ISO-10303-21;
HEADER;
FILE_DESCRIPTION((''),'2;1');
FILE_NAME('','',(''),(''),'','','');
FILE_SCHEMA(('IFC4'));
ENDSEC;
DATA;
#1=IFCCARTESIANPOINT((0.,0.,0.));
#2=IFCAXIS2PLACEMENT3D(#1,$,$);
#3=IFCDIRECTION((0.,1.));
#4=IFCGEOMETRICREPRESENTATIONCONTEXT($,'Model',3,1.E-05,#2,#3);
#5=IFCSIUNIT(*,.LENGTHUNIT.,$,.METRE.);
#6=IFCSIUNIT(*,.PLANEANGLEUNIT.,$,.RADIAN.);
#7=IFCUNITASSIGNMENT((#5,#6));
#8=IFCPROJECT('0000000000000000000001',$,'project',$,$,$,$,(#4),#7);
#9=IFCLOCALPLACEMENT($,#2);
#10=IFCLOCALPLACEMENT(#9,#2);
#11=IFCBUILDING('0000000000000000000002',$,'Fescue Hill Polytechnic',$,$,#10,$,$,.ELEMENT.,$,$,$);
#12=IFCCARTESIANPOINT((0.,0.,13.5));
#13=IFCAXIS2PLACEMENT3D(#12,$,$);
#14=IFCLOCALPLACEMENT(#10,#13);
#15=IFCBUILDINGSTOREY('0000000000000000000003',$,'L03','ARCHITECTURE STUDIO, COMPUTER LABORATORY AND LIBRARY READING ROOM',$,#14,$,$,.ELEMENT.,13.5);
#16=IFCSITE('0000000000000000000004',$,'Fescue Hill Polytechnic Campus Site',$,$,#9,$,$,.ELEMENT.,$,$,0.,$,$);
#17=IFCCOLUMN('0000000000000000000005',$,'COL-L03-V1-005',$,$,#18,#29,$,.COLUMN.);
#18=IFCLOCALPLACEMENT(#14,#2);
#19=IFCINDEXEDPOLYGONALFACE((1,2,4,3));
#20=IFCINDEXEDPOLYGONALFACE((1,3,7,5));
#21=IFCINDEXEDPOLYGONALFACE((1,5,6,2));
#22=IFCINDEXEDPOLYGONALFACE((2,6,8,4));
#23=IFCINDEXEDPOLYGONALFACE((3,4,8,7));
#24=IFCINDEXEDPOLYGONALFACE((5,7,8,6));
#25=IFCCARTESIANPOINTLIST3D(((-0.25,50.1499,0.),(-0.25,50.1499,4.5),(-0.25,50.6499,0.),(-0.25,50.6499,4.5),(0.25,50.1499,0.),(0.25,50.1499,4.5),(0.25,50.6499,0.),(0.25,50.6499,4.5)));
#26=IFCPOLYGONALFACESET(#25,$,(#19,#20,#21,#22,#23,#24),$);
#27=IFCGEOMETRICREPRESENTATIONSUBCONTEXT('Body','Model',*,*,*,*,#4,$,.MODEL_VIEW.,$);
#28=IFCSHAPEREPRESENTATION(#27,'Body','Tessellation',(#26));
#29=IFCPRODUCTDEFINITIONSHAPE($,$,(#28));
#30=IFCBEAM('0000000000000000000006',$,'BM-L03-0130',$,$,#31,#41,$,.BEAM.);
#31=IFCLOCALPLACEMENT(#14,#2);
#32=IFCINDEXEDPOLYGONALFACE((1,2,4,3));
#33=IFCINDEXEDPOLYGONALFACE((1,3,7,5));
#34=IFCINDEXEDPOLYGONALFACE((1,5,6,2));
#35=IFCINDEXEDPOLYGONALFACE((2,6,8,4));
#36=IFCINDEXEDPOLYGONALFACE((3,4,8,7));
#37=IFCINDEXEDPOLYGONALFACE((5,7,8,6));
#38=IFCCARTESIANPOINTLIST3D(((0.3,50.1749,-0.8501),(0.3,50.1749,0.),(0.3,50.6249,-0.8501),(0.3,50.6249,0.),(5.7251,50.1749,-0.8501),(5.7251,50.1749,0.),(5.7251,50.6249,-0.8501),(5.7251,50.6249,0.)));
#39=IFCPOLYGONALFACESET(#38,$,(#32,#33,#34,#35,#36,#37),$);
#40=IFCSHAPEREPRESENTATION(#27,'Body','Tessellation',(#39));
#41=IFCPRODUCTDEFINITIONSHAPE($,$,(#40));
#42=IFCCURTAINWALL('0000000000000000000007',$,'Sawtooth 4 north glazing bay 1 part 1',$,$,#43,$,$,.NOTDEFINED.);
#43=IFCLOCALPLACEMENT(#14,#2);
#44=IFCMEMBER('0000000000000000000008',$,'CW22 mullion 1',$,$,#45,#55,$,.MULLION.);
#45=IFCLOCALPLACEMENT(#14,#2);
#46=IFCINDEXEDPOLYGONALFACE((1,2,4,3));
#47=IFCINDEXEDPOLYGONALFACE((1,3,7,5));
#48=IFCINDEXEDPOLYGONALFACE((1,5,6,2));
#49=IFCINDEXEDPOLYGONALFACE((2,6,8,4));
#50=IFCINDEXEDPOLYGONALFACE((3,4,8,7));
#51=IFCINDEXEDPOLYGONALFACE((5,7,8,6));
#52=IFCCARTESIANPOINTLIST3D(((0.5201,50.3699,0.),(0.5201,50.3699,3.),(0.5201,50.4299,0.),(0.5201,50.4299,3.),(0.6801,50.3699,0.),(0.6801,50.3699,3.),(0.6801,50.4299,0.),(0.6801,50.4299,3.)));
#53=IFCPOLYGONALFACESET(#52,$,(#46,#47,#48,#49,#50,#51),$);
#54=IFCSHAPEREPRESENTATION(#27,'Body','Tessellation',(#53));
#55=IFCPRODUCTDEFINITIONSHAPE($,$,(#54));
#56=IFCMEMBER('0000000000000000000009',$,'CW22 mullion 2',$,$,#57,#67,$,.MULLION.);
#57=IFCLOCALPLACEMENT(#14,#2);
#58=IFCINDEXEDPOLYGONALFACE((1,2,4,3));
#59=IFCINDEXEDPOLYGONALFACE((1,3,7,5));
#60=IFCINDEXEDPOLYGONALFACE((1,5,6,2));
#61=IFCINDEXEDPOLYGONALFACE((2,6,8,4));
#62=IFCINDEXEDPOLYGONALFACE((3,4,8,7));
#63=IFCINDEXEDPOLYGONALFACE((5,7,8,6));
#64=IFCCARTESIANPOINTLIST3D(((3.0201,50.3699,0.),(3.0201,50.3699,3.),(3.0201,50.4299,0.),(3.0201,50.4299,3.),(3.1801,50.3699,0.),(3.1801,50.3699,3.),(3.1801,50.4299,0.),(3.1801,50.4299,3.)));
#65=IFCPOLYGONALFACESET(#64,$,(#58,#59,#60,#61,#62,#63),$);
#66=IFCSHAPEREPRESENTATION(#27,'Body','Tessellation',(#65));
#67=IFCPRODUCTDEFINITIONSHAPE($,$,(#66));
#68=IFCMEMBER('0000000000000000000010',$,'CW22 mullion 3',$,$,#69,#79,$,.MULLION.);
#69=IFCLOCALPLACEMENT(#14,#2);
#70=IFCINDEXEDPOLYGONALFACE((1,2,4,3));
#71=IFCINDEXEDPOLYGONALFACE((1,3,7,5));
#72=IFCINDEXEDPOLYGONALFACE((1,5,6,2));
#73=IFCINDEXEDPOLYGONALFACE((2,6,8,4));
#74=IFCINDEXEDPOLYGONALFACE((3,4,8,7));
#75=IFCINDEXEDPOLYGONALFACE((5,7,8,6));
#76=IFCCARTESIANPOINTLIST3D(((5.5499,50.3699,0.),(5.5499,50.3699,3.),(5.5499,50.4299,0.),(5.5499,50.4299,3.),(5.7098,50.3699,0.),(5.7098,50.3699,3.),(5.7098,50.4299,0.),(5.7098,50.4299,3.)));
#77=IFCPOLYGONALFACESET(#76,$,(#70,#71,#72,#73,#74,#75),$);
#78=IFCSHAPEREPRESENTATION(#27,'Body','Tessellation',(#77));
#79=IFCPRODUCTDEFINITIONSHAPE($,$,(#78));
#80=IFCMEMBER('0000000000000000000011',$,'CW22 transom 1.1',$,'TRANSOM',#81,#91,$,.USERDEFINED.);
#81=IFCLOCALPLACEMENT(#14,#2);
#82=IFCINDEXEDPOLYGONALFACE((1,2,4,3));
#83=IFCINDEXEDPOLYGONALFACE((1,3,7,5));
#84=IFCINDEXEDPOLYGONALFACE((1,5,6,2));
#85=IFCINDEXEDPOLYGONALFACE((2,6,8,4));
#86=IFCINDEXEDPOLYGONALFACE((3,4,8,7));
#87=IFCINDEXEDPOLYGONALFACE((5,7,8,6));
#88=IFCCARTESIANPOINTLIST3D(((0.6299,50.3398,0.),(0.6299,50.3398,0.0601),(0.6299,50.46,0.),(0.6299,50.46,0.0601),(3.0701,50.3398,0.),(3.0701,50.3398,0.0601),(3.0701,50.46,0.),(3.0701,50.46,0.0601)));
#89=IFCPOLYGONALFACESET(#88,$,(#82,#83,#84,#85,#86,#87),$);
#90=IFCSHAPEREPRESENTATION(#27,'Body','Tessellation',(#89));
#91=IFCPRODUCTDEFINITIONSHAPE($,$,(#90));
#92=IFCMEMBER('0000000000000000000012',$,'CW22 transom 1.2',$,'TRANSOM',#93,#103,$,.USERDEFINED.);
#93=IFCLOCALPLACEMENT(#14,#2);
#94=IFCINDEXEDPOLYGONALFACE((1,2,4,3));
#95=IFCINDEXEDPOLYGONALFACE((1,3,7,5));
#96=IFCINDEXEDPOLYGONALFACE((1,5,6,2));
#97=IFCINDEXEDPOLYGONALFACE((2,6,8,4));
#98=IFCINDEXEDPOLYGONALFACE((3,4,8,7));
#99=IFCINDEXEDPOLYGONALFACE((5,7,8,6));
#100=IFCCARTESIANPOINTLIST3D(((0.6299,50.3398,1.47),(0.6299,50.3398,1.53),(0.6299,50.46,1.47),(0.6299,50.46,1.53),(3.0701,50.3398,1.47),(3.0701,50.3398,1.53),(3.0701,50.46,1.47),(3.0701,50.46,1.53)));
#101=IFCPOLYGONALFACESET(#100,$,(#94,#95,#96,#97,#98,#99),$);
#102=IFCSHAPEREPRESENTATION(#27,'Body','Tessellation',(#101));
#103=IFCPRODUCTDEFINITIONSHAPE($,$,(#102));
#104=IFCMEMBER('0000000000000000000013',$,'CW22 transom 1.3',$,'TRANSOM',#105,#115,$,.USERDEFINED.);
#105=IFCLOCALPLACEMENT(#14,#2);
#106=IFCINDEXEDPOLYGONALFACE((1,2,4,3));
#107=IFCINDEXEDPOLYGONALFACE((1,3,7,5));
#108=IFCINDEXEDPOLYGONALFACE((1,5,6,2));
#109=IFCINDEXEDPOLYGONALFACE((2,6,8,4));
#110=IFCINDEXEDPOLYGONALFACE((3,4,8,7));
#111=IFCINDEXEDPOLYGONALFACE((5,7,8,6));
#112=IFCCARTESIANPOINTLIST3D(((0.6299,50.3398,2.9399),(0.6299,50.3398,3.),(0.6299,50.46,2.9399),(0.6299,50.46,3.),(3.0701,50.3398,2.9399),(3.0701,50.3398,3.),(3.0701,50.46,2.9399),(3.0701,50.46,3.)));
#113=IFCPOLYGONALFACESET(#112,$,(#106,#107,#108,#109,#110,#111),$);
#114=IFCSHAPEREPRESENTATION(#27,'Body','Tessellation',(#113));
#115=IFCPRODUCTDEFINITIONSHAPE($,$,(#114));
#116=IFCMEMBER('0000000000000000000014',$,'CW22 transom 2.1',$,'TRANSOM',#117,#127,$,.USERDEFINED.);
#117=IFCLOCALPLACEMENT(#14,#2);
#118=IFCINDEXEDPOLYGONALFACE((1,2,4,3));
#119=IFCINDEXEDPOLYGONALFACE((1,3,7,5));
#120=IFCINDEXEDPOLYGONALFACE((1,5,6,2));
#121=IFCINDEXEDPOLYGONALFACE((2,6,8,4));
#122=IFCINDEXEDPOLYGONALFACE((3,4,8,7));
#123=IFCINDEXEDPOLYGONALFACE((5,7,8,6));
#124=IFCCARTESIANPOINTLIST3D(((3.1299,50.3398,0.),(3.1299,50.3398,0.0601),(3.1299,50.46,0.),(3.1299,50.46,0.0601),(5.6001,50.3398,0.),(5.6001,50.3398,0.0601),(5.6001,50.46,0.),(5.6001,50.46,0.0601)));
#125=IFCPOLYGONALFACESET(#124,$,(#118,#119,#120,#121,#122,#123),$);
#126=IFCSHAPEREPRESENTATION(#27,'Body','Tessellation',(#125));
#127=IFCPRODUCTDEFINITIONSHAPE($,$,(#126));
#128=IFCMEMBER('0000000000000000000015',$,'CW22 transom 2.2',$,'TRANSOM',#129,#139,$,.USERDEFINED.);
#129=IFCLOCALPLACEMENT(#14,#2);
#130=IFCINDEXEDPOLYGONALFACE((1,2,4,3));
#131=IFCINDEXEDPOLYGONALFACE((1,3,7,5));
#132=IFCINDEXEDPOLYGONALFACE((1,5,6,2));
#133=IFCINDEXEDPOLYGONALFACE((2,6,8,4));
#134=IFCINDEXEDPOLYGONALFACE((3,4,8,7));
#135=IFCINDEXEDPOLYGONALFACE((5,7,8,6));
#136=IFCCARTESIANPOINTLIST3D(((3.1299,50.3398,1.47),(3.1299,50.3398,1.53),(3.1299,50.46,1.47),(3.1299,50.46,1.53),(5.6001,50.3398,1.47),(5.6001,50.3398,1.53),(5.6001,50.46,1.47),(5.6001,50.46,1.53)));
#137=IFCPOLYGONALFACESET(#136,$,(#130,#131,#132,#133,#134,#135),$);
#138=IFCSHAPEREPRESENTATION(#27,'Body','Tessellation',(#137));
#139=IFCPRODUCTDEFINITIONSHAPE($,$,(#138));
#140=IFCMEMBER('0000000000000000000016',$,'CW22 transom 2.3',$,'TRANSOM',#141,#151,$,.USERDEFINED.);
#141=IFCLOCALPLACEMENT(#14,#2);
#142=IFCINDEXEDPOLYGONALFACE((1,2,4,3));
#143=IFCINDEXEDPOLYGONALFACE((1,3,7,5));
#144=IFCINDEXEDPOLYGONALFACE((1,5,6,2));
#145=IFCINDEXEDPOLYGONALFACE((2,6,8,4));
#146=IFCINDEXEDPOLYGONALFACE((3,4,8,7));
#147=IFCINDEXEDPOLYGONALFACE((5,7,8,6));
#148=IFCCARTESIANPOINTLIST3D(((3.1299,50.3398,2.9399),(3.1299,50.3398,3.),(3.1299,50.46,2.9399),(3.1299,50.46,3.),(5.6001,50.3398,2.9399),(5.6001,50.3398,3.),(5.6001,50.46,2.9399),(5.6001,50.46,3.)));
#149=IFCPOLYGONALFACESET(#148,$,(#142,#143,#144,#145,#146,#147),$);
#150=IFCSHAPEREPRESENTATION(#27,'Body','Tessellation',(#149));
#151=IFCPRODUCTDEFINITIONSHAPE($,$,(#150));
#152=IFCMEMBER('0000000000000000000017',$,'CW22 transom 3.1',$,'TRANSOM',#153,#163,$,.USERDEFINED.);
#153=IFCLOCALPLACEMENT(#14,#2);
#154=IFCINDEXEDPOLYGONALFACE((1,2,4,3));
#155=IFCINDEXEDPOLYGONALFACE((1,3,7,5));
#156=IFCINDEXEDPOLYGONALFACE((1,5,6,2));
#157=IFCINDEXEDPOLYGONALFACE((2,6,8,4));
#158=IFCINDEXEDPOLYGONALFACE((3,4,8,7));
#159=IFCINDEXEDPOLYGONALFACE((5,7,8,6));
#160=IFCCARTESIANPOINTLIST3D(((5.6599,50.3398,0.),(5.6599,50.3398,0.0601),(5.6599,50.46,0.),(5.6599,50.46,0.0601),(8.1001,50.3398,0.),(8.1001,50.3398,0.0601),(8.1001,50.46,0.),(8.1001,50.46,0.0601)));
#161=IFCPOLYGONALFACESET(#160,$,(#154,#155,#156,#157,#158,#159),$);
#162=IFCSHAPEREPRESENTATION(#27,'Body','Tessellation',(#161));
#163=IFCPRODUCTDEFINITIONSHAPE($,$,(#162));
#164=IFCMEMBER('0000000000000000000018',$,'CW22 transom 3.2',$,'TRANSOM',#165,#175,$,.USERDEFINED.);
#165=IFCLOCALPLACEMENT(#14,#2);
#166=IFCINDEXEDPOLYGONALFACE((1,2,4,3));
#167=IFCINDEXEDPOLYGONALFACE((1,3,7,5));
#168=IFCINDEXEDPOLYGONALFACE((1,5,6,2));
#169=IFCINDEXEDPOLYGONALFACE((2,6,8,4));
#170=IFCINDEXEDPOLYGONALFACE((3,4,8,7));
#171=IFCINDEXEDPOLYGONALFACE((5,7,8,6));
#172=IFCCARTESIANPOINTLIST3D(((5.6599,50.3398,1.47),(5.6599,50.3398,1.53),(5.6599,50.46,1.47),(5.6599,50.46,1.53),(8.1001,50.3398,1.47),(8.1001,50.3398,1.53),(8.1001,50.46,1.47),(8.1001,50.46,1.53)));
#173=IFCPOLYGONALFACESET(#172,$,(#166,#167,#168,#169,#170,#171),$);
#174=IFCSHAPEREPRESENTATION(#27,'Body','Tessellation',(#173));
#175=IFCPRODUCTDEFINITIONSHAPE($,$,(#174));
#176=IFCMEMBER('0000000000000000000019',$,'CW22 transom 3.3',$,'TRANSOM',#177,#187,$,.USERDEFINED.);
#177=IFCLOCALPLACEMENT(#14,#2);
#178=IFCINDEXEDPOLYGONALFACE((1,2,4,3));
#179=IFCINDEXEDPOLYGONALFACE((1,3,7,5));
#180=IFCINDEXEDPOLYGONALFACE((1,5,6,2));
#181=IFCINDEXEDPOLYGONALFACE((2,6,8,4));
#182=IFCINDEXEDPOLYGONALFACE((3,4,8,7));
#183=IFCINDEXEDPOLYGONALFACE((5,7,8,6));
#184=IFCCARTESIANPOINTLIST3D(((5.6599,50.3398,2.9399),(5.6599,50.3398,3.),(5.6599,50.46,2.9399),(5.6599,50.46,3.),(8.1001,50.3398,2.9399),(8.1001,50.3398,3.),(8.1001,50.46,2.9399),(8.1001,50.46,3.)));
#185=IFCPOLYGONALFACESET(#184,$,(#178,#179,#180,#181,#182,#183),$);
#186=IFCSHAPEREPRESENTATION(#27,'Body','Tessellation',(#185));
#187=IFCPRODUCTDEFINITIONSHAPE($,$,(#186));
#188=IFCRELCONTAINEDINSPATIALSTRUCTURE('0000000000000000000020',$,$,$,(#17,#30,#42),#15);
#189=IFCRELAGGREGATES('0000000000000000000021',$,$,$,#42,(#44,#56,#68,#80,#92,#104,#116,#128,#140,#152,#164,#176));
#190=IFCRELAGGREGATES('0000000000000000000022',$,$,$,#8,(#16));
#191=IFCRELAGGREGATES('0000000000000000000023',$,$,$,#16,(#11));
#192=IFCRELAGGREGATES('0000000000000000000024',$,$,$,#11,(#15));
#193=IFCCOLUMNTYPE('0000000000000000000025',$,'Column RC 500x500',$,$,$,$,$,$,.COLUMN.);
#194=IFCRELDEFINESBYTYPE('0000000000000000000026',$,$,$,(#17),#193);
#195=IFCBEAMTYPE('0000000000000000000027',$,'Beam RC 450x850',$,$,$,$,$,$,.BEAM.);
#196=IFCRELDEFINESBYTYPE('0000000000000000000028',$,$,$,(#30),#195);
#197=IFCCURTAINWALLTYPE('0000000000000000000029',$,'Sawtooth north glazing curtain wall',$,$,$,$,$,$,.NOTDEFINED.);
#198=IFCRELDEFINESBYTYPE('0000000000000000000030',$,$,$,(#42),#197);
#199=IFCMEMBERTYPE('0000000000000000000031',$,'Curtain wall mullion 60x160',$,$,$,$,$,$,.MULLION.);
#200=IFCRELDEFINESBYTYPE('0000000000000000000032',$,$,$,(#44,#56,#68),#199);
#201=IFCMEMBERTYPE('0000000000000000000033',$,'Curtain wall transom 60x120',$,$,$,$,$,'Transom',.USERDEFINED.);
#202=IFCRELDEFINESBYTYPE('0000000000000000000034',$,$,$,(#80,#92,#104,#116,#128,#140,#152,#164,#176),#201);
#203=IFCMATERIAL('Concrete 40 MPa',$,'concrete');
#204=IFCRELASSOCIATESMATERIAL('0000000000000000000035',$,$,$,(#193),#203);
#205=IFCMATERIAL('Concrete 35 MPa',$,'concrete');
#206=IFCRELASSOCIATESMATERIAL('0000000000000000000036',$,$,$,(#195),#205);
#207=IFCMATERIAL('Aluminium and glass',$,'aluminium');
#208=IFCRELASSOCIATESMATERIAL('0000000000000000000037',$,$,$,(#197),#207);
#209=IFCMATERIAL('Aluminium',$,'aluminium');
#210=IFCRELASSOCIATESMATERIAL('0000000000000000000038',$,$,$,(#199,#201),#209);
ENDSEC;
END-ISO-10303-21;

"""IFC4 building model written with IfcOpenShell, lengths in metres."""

from ifc_helpers import new_model, si_unit, direction, frame, origin, origin_2d, place, context, subcontext, project, spatial, rectangle, extrude, material, material_profile, profile_set, type_object, element, aggregate, save


model = new_model("IFC4")

# Units and contexts
model_context = context("Model", 3, precision=1e-05, world=origin(), true_north=direction((0.0, 1.0)))
body_context = subcontext(model_context, "Body", "Model", "MODEL_VIEW")
ifc_project = project(units=[si_unit("LENGTHUNIT", "METRE"), si_unit("PLANEANGLEUNIT", "RADIAN")], contexts=[model_context])

# Site, building, storey
site_placement = place(None, origin())
site = spatial("IfcSite", under=ifc_project, at=site_placement, Name="Fescue Hill Polytechnic Campus Site", CompositionType="ELEMENT", RefElevation=0.0)
building_placement = place(site_placement, origin())
building = spatial("IfcBuilding", under=site, at=building_placement, Name="Fescue Hill Polytechnic", CompositionType="ELEMENT")
storey_placement = place(building_placement, frame((0.0, 0.0, 13.5)))
storey = spatial("IfcBuildingStorey", under=building, at=storey_placement, Name="L03", Description="ARCHITECTURE STUDIO, COMPUTER LABORATORY AND LIBRARY READING ROOM", CompositionType="ELEMENT", Elevation=13.5)

# Column
ifc_material_1 = material(Name="Concrete 40 MPa", Category="concrete")
ifc_material_profile_1 = material_profile(ifc_material_1, rectangle(XDim=0.5, YDim=0.5, at=origin_2d()), Name="RC 500x500")
ifc_profile_set_1 = profile_set([ifc_material_profile_1], Name="Concrete 40 MPa")
column_type = type_object("IfcColumnType", Name="Column RC 500x500", PredefinedType="COLUMN", material=ifc_profile_set_1)
column_placement = place(storey_placement, frame((0.0, 50.3999, 0.0), z_axis=(0.0, 0.0, 1.0), x_axis=(1.0, 0.0, 0.0)))
element("IfcColumn", 1, at=column_placement, inside=storey, type_object=column_type, Name="COL-L03-V1-005", PredefinedType="COLUMN", context=body_context, shape_type="SweptSolid", body=[
    extrude(rectangle(XDim=0.5, YDim=0.5, at=origin_2d()), origin(), (0.0, 0.0, 1.0), 4.5),
])

# Beam
ifc_material_2 = material(Name="Concrete 35 MPa", Category="concrete")
ifc_material_profile_2 = material_profile(ifc_material_2, rectangle(XDim=0.45, YDim=0.8501, at=origin_2d()), Name="RC 450x850")
ifc_profile_set_2 = profile_set([ifc_material_profile_2], Name="Concrete 35 MPa")
beam_type = type_object("IfcBeamType", Name="Beam RC 450x850", PredefinedType="BEAM", material=ifc_profile_set_2)
beam_placement = place(storey_placement, frame((0.3, 50.3999, -0.425), z_axis=(1.0, 0.0, 0.0), x_axis=(0.0, 1.0, 0.0)))
element("IfcBeam", 2, at=beam_placement, inside=storey, type_object=beam_type, Name="BM-L03-0130", PredefinedType="BEAM", context=body_context, shape_type="SweptSolid", body=[
    extrude(rectangle(XDim=0.45, YDim=0.8501, at=origin_2d()), origin(), (0.0, 0.0, 1.0), 5.425),
])

# Curtain wall, members
ifc_material_3 = material(Name="Aluminium and glass", Category="aluminium")
curtain_wall_type = type_object("IfcCurtainWallType", Name="Sawtooth north glazing curtain wall", PredefinedType="NOTDEFINED", material=ifc_material_3)
curtain_wall_placement = place(storey_placement, origin())
curtain_wall = element("IfcCurtainWall", 3, at=curtain_wall_placement, inside=storey, type_object=curtain_wall_type, Name="Sawtooth 4 north glazing bay 1 part 1", PredefinedType="NOTDEFINED")
ifc_material_4 = material(Name="Aluminium", Category="aluminium")
ifc_material_profile_3 = material_profile(ifc_material_4, rectangle(XDim=0.0601, YDim=0.1599, at=origin_2d()), Name="Curtain wall mullion 60x160")
ifc_profile_set_3 = profile_set([ifc_material_profile_3], Name="Aluminium")
member_type_1 = type_object("IfcMemberType", Name="Curtain wall mullion 60x160", PredefinedType="MULLION", material=ifc_profile_set_3)
member_1_placement = place(storey_placement, frame((0.6001, 50.3999, 0.0), z_axis=(0.0, 0.0, 1.0), x_axis=(0.0, 1.0, 0.0)))
member_1 = element("IfcMember", 4, at=member_1_placement, type_object=member_type_1, Name="CW22 mullion 1", PredefinedType="MULLION", context=body_context, shape_type="SweptSolid", body=[
    extrude(rectangle(XDim=0.0601, YDim=0.1599, at=origin_2d()), origin(), (0.0, 0.0, 1.0), 3.0),
])
member_2_placement = place(storey_placement, frame((3.1001, 50.3999, 0.0), z_axis=(0.0, 0.0, 1.0), x_axis=(0.0, 1.0, 0.0)))
member_2 = element("IfcMember", 5, at=member_2_placement, type_object=member_type_1, Name="CW22 mullion 2", PredefinedType="MULLION", context=body_context, shape_type="SweptSolid", body=[
    extrude(rectangle(XDim=0.0601, YDim=0.1599, at=origin_2d()), origin(), (0.0, 0.0, 1.0), 3.0),
])
member_3_placement = place(storey_placement, frame((5.6299, 50.3999, 0.0), z_axis=(0.0, 0.0, 1.0), x_axis=(0.0, 1.0, 0.0)))
member_3 = element("IfcMember", 6, at=member_3_placement, type_object=member_type_1, Name="CW22 mullion 3", PredefinedType="MULLION", context=body_context, shape_type="SweptSolid", body=[
    extrude(rectangle(XDim=0.0601, YDim=0.1599, at=origin_2d()), origin(), (0.0, 0.0, 1.0), 3.0),
])
ifc_material_profile_4 = material_profile(ifc_material_4, rectangle(XDim=0.1201, YDim=0.0601, at=origin_2d()), Name="Curtain wall transom 60x120")
ifc_profile_set_4 = profile_set([ifc_material_profile_4], Name="Aluminium")
member_type_2 = type_object("IfcMemberType", Name="Curtain wall transom 60x120", ElementType="Transom", PredefinedType="USERDEFINED", material=ifc_profile_set_4)
member_4_placement = place(storey_placement, frame((0.6299, 50.3999, 0.03), z_axis=(1.0, 0.0, 0.0), x_axis=(0.0, 1.0, 0.0)))
member_4 = element("IfcMember", 7, at=member_4_placement, type_object=member_type_2, Name="CW22 transom 1.1", ObjectType="TRANSOM", PredefinedType="USERDEFINED", context=body_context, shape_type="SweptSolid", body=[
    extrude(rectangle(XDim=0.1201, YDim=0.0601, at=origin_2d()), origin(), (0.0, 0.0, 1.0), 2.4402),
])
member_5_placement = place(storey_placement, frame((0.6299, 50.3999, 1.5), z_axis=(1.0, 0.0, 0.0), x_axis=(0.0, 1.0, 0.0)))
member_5 = element("IfcMember", 8, at=member_5_placement, type_object=member_type_2, Name="CW22 transom 1.2", ObjectType="TRANSOM", PredefinedType="USERDEFINED", context=body_context, shape_type="SweptSolid", body=[
    extrude(rectangle(XDim=0.1201, YDim=0.0601, at=origin_2d()), origin(), (0.0, 0.0, 1.0), 2.4402),
])
member_6_placement = place(storey_placement, frame((0.6299, 50.3999, 2.97), z_axis=(1.0, 0.0, 0.0), x_axis=(0.0, 1.0, 0.0)))
member_6 = element("IfcMember", 9, at=member_6_placement, type_object=member_type_2, Name="CW22 transom 1.3", ObjectType="TRANSOM", PredefinedType="USERDEFINED", context=body_context, shape_type="SweptSolid", body=[
    extrude(rectangle(XDim=0.1201, YDim=0.0601, at=origin_2d()), origin(), (0.0, 0.0, 1.0), 2.4402),
])
member_7_placement = place(storey_placement, frame((3.1299, 50.3999, 0.03), z_axis=(1.0, 0.0, 0.0), x_axis=(0.0, 1.0, 0.0)))
member_7 = element("IfcMember", 10, at=member_7_placement, type_object=member_type_2, Name="CW22 transom 2.1", ObjectType="TRANSOM", PredefinedType="USERDEFINED", context=body_context, shape_type="SweptSolid", body=[
    extrude(rectangle(XDim=0.1201, YDim=0.0601, at=origin_2d()), origin(), (0.0, 0.0, 1.0), 2.4702),
])
member_8_placement = place(storey_placement, frame((3.1299, 50.3999, 1.5), z_axis=(1.0, 0.0, 0.0), x_axis=(0.0, 1.0, 0.0)))
member_8 = element("IfcMember", 11, at=member_8_placement, type_object=member_type_2, Name="CW22 transom 2.2", ObjectType="TRANSOM", PredefinedType="USERDEFINED", context=body_context, shape_type="SweptSolid", body=[
    extrude(rectangle(XDim=0.1201, YDim=0.0601, at=origin_2d()), origin(), (0.0, 0.0, 1.0), 2.4702),
])
member_9_placement = place(storey_placement, frame((3.1299, 50.3999, 2.97), z_axis=(1.0, 0.0, 0.0), x_axis=(0.0, 1.0, 0.0)))
member_9 = element("IfcMember", 12, at=member_9_placement, type_object=member_type_2, Name="CW22 transom 2.3", ObjectType="TRANSOM", PredefinedType="USERDEFINED", context=body_context, shape_type="SweptSolid", body=[
    extrude(rectangle(XDim=0.1201, YDim=0.0601, at=origin_2d()), origin(), (0.0, 0.0, 1.0), 2.4702),
])
member_10_placement = place(storey_placement, frame((5.6599, 50.3999, 0.03), z_axis=(1.0, 0.0, 0.0), x_axis=(0.0, 1.0, 0.0)))
member_10 = element("IfcMember", 13, at=member_10_placement, type_object=member_type_2, Name="CW22 transom 3.1", ObjectType="TRANSOM", PredefinedType="USERDEFINED", context=body_context, shape_type="SweptSolid", body=[
    extrude(rectangle(XDim=0.1201, YDim=0.0601, at=origin_2d()), origin(), (0.0, 0.0, 1.0), 2.4402),
])
member_11_placement = place(storey_placement, frame((5.6599, 50.3999, 1.5), z_axis=(1.0, 0.0, 0.0), x_axis=(0.0, 1.0, 0.0)))
member_11 = element("IfcMember", 14, at=member_11_placement, type_object=member_type_2, Name="CW22 transom 3.2", ObjectType="TRANSOM", PredefinedType="USERDEFINED", context=body_context, shape_type="SweptSolid", body=[
    extrude(rectangle(XDim=0.1201, YDim=0.0601, at=origin_2d()), origin(), (0.0, 0.0, 1.0), 2.4402),
])
member_12_placement = place(storey_placement, frame((5.6599, 50.3999, 2.97), z_axis=(1.0, 0.0, 0.0), x_axis=(0.0, 1.0, 0.0)))
member_12 = element("IfcMember", 15, at=member_12_placement, type_object=member_type_2, Name="CW22 transom 3.3", ObjectType="TRANSOM", PredefinedType="USERDEFINED", context=body_context, shape_type="SweptSolid", body=[
    extrude(rectangle(XDim=0.1201, YDim=0.0601, at=origin_2d()), origin(), (0.0, 0.0, 1.0), 2.4402),
])
aggregate(curtain_wall, [member_1, member_2, member_3, member_4, member_5, member_6, member_7, member_8, member_9, member_10, member_11, member_12])

save(model, "model.ifc")
